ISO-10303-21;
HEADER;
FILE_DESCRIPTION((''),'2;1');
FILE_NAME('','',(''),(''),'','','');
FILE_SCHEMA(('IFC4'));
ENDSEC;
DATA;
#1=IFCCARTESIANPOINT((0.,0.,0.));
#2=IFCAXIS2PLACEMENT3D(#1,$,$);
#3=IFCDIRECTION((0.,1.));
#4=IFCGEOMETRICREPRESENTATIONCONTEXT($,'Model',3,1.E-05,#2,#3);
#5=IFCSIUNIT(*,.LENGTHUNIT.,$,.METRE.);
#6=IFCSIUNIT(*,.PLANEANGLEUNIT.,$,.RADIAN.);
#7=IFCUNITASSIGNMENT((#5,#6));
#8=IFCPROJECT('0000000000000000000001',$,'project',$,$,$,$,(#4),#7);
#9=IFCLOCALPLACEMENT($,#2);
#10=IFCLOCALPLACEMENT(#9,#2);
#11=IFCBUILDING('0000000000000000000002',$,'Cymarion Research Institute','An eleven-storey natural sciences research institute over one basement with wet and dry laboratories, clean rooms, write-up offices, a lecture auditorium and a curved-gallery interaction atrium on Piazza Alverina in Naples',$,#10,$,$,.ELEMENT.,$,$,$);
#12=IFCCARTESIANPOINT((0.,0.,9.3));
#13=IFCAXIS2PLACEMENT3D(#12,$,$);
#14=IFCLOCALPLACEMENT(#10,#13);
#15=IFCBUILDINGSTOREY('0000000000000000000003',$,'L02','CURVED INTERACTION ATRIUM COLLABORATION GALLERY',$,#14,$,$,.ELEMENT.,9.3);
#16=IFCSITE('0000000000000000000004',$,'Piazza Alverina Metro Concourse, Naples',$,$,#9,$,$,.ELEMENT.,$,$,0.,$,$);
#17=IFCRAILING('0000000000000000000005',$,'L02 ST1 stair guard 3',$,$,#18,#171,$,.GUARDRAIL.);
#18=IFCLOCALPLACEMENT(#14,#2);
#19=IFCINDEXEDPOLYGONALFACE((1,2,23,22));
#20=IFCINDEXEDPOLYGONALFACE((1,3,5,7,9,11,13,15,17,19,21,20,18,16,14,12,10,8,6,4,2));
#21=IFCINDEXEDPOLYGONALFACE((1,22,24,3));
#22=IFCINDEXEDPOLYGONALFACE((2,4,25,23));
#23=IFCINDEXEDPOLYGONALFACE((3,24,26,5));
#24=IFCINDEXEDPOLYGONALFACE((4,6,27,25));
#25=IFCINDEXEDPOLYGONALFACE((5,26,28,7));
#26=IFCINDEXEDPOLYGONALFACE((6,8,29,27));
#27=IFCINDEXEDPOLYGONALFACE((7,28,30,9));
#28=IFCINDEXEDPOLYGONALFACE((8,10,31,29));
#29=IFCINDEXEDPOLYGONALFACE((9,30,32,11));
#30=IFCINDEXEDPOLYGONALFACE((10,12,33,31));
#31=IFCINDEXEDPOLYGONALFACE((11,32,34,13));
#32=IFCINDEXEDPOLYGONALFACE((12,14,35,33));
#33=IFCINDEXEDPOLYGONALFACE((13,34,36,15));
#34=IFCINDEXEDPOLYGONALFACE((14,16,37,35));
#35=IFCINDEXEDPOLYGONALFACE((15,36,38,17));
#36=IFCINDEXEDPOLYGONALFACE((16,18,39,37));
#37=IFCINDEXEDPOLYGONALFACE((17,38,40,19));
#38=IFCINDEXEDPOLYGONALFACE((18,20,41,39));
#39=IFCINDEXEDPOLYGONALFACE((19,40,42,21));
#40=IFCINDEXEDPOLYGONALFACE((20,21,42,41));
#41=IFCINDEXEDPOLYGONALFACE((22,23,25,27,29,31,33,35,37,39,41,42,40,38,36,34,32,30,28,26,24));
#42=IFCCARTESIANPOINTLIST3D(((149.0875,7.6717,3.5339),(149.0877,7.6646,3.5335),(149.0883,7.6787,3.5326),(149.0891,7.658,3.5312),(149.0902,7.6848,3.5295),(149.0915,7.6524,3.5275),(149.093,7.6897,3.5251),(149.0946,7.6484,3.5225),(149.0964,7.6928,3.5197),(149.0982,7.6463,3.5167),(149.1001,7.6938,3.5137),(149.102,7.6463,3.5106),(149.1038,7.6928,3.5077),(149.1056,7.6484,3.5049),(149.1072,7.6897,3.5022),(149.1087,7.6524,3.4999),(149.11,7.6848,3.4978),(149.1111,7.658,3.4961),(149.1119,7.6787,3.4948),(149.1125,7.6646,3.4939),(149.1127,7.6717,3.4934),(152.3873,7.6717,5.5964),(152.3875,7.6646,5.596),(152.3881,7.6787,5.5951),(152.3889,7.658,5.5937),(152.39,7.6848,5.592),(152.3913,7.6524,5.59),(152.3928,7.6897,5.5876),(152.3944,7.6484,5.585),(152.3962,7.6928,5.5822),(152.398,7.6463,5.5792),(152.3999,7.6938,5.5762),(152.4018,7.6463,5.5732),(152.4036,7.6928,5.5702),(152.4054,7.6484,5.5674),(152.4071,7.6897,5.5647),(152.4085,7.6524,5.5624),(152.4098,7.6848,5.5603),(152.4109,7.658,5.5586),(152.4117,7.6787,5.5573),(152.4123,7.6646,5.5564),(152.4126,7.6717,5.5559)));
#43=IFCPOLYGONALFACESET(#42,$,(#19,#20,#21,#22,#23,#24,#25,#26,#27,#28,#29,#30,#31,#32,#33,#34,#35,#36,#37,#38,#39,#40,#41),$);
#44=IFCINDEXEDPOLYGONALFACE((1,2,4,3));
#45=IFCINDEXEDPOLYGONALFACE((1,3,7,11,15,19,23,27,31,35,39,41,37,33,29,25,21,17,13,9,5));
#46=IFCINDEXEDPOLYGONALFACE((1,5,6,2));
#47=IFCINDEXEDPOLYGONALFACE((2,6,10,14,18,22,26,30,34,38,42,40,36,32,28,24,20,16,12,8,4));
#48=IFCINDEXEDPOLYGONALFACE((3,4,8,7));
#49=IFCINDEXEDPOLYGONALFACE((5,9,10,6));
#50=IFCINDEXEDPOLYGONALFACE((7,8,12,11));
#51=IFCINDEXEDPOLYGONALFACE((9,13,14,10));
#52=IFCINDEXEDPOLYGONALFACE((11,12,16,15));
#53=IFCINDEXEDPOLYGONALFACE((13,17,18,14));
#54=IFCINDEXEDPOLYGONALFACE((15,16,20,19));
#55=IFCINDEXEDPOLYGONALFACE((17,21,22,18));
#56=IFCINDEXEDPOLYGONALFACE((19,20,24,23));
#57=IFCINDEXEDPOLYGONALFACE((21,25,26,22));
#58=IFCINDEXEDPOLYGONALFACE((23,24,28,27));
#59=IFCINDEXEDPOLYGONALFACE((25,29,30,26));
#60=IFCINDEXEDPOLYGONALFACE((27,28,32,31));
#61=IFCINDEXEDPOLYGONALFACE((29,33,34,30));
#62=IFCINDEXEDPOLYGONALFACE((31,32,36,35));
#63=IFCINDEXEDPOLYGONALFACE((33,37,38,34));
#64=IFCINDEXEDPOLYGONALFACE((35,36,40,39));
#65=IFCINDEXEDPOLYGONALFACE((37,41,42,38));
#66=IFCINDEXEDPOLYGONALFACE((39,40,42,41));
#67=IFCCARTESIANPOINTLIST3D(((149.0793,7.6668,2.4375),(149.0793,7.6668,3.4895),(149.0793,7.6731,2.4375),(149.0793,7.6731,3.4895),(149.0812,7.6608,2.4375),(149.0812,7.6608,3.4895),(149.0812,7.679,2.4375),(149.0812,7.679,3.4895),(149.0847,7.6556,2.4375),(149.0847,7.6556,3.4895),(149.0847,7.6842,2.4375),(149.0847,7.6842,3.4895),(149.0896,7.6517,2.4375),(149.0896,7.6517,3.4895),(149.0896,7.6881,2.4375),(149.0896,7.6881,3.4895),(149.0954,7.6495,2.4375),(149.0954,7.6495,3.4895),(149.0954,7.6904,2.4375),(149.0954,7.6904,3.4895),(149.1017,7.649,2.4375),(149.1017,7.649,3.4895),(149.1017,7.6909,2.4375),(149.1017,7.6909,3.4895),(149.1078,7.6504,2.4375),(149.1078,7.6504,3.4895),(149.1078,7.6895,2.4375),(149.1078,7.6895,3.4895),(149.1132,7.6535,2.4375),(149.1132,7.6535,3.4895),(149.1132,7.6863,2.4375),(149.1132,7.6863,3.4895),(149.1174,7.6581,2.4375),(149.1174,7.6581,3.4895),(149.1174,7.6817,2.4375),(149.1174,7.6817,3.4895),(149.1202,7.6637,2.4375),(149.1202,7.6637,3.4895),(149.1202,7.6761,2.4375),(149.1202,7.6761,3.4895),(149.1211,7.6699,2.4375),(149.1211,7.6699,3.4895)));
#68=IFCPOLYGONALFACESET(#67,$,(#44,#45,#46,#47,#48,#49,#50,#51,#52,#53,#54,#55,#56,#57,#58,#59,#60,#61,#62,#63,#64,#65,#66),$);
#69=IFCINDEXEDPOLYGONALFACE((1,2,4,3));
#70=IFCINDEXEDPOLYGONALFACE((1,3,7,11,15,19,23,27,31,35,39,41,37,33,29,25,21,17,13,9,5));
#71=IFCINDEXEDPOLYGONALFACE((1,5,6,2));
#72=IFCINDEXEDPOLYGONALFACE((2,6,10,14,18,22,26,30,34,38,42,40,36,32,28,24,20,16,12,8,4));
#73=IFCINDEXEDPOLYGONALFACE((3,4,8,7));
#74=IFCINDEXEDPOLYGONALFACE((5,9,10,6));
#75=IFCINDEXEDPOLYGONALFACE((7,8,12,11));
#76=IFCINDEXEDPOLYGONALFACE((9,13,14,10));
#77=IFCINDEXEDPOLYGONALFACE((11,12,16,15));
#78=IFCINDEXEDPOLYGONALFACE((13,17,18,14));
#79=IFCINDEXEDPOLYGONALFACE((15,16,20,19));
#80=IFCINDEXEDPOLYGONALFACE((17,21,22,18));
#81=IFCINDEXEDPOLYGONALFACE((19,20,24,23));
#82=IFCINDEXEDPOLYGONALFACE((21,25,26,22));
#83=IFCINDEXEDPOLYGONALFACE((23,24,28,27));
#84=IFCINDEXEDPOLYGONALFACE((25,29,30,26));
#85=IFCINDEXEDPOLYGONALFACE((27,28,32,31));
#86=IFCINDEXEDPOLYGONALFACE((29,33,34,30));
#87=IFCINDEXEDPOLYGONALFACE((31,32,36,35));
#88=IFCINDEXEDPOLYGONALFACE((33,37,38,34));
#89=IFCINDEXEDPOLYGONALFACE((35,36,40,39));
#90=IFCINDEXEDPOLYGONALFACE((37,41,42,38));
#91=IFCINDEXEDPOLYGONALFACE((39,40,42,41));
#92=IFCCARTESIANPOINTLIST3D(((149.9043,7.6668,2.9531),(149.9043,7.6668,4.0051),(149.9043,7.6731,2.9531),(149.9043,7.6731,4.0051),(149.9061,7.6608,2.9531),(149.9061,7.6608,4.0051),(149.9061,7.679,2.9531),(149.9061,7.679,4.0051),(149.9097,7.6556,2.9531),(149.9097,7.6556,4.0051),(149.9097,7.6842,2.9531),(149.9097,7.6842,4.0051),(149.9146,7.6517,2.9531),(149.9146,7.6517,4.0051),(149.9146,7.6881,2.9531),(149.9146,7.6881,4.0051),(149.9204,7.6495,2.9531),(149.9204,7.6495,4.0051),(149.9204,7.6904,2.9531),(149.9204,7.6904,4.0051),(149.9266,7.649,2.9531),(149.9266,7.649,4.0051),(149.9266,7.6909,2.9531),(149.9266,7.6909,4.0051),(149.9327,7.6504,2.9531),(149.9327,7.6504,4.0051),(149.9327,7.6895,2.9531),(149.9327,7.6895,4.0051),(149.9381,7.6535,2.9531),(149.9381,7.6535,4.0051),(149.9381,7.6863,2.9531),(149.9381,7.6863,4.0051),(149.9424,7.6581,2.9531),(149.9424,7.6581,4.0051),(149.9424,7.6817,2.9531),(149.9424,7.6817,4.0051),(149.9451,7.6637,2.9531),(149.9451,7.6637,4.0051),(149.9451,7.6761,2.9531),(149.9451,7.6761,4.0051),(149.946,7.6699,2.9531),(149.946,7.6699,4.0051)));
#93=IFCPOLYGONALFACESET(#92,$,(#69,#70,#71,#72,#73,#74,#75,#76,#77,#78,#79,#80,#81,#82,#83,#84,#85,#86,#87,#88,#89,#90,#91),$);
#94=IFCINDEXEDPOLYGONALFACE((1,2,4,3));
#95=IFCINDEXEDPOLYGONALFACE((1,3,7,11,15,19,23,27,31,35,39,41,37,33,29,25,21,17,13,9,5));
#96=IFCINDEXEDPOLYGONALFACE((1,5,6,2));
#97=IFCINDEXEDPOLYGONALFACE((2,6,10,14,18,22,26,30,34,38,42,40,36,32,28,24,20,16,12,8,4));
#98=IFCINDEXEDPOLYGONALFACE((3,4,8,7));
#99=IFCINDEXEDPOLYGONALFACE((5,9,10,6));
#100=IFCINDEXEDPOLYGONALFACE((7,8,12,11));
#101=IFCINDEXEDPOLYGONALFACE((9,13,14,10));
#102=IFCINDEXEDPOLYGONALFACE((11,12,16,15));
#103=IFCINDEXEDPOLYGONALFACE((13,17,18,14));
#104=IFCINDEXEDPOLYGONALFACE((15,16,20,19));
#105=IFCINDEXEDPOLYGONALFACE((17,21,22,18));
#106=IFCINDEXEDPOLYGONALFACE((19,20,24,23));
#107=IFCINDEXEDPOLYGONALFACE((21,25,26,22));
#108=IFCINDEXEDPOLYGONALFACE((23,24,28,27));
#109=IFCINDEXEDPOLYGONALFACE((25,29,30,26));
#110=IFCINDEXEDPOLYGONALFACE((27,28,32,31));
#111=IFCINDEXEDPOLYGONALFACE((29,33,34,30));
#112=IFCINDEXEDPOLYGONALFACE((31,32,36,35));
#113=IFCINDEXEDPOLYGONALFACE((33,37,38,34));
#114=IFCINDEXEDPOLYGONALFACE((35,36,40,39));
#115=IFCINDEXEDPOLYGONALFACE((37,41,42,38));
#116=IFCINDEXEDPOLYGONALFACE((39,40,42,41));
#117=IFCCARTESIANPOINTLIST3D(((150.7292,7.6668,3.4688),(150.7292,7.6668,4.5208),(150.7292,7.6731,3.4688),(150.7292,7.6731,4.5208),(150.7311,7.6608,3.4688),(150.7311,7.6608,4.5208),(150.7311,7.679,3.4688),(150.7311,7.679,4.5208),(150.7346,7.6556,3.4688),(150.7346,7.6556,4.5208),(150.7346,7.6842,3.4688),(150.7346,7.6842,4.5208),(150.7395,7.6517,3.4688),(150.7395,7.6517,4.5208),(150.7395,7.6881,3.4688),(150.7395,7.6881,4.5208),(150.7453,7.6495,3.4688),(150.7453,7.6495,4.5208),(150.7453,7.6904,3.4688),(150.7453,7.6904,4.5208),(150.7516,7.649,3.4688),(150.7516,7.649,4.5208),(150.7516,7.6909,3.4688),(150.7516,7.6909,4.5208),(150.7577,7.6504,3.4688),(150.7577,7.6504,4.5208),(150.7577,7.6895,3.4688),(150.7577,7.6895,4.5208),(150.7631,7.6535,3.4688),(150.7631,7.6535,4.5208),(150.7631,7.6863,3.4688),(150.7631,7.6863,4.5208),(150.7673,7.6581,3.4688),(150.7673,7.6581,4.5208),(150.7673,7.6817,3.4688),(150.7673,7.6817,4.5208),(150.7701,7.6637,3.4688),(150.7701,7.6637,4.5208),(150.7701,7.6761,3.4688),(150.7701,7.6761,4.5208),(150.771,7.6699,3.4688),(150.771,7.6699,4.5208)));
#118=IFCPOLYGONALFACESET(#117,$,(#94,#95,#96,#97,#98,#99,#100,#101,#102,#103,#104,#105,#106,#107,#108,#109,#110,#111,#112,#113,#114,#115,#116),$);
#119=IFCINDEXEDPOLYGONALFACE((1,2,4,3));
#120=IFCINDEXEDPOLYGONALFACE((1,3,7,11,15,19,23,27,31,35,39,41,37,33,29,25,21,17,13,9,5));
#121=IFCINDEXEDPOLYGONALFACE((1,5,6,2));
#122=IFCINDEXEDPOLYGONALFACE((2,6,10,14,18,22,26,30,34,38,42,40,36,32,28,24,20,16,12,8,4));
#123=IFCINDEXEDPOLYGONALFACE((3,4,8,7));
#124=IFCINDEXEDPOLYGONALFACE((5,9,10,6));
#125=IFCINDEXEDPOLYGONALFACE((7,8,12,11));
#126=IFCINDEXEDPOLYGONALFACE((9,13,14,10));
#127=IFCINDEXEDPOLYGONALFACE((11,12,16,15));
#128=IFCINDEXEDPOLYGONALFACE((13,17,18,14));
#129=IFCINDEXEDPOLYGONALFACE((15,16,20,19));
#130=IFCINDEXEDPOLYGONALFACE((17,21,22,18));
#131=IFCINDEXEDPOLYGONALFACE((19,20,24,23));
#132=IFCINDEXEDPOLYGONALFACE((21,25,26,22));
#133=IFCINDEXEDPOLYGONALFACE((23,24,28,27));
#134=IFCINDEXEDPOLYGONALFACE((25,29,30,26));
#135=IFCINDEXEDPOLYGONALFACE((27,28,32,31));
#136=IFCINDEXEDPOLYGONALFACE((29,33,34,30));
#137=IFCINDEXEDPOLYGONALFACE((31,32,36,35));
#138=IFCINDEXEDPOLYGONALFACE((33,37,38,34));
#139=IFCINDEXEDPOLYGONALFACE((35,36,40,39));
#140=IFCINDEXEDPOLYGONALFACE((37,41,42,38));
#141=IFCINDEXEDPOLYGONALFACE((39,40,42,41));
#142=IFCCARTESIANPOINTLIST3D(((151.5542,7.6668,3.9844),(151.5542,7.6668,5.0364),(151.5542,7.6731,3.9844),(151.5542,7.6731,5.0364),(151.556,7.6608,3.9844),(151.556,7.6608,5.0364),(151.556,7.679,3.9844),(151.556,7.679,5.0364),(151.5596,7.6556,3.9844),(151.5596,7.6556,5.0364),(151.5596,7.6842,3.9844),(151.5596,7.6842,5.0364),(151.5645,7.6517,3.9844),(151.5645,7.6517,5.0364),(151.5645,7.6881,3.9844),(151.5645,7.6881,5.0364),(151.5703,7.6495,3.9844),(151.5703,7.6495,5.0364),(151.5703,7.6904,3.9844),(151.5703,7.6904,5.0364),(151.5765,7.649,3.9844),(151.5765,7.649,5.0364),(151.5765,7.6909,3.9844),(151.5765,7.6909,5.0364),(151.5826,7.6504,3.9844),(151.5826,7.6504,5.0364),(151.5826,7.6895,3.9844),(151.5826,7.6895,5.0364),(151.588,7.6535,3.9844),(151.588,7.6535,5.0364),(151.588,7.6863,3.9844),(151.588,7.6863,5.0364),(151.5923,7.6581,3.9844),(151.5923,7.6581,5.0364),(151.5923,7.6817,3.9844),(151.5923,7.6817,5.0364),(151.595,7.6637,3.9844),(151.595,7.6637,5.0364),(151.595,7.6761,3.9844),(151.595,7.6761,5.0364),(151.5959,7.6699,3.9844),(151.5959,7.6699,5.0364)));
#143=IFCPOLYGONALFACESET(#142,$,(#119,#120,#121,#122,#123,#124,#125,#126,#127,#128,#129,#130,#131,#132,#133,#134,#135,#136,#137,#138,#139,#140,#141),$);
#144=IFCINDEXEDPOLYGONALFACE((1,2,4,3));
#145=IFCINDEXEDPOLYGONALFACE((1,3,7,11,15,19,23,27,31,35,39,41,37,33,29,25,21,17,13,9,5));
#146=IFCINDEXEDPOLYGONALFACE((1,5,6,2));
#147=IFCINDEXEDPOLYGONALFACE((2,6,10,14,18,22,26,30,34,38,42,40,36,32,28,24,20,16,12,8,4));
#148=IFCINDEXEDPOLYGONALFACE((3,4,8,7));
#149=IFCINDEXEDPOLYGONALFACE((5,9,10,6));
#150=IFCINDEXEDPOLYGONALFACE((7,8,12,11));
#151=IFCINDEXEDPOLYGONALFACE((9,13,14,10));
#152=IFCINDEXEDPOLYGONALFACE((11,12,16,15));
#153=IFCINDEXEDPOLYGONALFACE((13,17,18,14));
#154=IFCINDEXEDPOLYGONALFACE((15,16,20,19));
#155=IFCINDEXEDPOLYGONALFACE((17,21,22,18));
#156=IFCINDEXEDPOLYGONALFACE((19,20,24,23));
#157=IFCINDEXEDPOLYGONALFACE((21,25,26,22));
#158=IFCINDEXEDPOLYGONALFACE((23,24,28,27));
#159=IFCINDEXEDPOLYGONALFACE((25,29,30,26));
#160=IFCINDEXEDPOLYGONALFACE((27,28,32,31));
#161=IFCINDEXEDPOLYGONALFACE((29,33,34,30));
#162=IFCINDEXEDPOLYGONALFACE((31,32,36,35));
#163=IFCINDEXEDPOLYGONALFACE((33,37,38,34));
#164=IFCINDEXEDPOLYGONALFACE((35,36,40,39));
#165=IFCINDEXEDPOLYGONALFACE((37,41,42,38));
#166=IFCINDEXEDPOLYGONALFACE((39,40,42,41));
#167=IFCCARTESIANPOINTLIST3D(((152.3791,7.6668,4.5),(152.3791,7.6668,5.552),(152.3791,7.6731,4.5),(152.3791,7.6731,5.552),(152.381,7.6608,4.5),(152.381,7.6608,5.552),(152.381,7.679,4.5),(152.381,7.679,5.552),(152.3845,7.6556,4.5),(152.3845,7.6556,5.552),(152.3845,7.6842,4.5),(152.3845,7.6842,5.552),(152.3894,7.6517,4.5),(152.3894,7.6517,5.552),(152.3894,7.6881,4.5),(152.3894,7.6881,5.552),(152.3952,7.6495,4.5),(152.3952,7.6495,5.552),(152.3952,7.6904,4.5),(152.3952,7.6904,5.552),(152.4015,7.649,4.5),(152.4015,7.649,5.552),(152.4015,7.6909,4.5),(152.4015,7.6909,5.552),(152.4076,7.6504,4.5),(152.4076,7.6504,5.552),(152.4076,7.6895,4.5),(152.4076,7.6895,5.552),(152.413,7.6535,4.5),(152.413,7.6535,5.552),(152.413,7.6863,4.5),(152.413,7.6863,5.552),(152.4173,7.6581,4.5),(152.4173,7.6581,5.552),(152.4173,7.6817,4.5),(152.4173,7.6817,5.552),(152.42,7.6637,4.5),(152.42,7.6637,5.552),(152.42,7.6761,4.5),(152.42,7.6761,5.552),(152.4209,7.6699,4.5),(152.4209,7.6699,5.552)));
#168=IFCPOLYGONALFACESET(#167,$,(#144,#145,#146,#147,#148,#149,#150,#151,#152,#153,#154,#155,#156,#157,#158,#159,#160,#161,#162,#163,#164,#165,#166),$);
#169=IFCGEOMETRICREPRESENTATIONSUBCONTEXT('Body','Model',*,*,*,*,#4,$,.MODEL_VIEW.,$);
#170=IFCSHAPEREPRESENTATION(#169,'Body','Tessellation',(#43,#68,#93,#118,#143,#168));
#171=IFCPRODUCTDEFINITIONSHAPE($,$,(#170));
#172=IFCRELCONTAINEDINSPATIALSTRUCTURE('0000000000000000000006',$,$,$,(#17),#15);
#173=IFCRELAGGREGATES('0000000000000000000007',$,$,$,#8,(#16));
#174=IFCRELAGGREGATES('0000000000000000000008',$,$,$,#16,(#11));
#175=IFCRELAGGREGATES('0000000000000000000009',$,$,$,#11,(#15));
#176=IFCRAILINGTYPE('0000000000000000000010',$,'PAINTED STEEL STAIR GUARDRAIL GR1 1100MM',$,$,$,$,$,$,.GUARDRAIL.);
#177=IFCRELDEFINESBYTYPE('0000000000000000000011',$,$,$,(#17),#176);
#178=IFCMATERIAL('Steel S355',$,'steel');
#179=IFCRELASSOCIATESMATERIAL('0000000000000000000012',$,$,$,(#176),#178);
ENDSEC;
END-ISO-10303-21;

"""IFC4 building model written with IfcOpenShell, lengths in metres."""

from ifc_helpers import new_model, si_unit, direction, frame, origin, origin_2d, place, context, subcontext, project, spatial, circle, extrude, material, type_object, element, save


model = new_model("IFC4")

# Units and contexts
model_context = context("Model", 3, precision=1e-05, world=origin(), true_north=direction((0.0, 1.0)))
body_context = subcontext(model_context, "Body", "Model", "MODEL_VIEW")
ifc_project = project(units=[si_unit("LENGTHUNIT", "METRE"), si_unit("PLANEANGLEUNIT", "RADIAN")], contexts=[model_context])

# Site, building, storey
site_placement = place(None, origin())
site = spatial("IfcSite", under=ifc_project, at=site_placement, Name="Piazza Alverina Metro Concourse, Naples", CompositionType="ELEMENT", RefElevation=0.0)
building_placement = place(site_placement, origin())
building = spatial("IfcBuilding", under=site, at=building_placement, Name="Cymarion Research Institute", Description="An eleven-storey natural sciences research institute over one basement with wet and dry laboratories, clean rooms, write-up offices, a lecture auditorium and a curved-gallery interaction atrium on Piazza Alverina in Naples", CompositionType="ELEMENT")
storey_placement = place(building_placement, frame((0.0, 0.0, 9.3)))
storey = spatial("IfcBuildingStorey", under=building, at=storey_placement, Name="L02", Description="CURVED INTERACTION ATRIUM COLLABORATION GALLERY", CompositionType="ELEMENT", Elevation=9.3)

# Shared definitions
ifc_material_1 = material(Name="Steel S355", Category="steel")

# Railing
railing_type_1 = type_object("IfcRailingType", Name="PAINTED STEEL STAIR GUARDRAIL GR1 1100MM", PredefinedType="GUARDRAIL", material=ifc_material_1)
railing_1_placement = place(storey_placement, frame((149.1001, 7.6699, 2.4375)))
element("IfcRailing", 1, at=railing_1_placement, inside=storey, type_object=railing_type_1, Name="L02 ST1 stair guard 3", PredefinedType="GUARDRAIL", context=body_context, shape_type="SweptSolid", body=[
    extrude(circle(Radius=0.0239, at=origin_2d()), frame((0.0, 0.0, 1.0762), z_axis=(0.847984, 0.0, 0.530021), x_axis=(0.0, 1.0, 0.0)), (0.0, 0.0, 1.0), 3.8914),
    extrude(circle(Radius=0.021, at=origin_2d()), origin(), (0.0, 0.0, 1.0), 1.052),
    extrude(circle(Radius=0.021, at=origin_2d()), frame((0.825, 0.0, 0.5156)), (0.0, 0.0, 1.0), 1.052),
    extrude(circle(Radius=0.021, at=origin_2d()), frame((1.6499, 0.0, 1.0312)), (0.0, 0.0, 1.0), 1.052),
    extrude(circle(Radius=0.021, at=origin_2d()), frame((2.4749, 0.0, 1.5469)), (0.0, 0.0, 1.0), 1.052),
    extrude(circle(Radius=0.021, at=origin_2d()), frame((3.2998, 0.0, 2.0625)), (0.0, 0.0, 1.0), 1.052),
])

save(model, "model.ifc")
